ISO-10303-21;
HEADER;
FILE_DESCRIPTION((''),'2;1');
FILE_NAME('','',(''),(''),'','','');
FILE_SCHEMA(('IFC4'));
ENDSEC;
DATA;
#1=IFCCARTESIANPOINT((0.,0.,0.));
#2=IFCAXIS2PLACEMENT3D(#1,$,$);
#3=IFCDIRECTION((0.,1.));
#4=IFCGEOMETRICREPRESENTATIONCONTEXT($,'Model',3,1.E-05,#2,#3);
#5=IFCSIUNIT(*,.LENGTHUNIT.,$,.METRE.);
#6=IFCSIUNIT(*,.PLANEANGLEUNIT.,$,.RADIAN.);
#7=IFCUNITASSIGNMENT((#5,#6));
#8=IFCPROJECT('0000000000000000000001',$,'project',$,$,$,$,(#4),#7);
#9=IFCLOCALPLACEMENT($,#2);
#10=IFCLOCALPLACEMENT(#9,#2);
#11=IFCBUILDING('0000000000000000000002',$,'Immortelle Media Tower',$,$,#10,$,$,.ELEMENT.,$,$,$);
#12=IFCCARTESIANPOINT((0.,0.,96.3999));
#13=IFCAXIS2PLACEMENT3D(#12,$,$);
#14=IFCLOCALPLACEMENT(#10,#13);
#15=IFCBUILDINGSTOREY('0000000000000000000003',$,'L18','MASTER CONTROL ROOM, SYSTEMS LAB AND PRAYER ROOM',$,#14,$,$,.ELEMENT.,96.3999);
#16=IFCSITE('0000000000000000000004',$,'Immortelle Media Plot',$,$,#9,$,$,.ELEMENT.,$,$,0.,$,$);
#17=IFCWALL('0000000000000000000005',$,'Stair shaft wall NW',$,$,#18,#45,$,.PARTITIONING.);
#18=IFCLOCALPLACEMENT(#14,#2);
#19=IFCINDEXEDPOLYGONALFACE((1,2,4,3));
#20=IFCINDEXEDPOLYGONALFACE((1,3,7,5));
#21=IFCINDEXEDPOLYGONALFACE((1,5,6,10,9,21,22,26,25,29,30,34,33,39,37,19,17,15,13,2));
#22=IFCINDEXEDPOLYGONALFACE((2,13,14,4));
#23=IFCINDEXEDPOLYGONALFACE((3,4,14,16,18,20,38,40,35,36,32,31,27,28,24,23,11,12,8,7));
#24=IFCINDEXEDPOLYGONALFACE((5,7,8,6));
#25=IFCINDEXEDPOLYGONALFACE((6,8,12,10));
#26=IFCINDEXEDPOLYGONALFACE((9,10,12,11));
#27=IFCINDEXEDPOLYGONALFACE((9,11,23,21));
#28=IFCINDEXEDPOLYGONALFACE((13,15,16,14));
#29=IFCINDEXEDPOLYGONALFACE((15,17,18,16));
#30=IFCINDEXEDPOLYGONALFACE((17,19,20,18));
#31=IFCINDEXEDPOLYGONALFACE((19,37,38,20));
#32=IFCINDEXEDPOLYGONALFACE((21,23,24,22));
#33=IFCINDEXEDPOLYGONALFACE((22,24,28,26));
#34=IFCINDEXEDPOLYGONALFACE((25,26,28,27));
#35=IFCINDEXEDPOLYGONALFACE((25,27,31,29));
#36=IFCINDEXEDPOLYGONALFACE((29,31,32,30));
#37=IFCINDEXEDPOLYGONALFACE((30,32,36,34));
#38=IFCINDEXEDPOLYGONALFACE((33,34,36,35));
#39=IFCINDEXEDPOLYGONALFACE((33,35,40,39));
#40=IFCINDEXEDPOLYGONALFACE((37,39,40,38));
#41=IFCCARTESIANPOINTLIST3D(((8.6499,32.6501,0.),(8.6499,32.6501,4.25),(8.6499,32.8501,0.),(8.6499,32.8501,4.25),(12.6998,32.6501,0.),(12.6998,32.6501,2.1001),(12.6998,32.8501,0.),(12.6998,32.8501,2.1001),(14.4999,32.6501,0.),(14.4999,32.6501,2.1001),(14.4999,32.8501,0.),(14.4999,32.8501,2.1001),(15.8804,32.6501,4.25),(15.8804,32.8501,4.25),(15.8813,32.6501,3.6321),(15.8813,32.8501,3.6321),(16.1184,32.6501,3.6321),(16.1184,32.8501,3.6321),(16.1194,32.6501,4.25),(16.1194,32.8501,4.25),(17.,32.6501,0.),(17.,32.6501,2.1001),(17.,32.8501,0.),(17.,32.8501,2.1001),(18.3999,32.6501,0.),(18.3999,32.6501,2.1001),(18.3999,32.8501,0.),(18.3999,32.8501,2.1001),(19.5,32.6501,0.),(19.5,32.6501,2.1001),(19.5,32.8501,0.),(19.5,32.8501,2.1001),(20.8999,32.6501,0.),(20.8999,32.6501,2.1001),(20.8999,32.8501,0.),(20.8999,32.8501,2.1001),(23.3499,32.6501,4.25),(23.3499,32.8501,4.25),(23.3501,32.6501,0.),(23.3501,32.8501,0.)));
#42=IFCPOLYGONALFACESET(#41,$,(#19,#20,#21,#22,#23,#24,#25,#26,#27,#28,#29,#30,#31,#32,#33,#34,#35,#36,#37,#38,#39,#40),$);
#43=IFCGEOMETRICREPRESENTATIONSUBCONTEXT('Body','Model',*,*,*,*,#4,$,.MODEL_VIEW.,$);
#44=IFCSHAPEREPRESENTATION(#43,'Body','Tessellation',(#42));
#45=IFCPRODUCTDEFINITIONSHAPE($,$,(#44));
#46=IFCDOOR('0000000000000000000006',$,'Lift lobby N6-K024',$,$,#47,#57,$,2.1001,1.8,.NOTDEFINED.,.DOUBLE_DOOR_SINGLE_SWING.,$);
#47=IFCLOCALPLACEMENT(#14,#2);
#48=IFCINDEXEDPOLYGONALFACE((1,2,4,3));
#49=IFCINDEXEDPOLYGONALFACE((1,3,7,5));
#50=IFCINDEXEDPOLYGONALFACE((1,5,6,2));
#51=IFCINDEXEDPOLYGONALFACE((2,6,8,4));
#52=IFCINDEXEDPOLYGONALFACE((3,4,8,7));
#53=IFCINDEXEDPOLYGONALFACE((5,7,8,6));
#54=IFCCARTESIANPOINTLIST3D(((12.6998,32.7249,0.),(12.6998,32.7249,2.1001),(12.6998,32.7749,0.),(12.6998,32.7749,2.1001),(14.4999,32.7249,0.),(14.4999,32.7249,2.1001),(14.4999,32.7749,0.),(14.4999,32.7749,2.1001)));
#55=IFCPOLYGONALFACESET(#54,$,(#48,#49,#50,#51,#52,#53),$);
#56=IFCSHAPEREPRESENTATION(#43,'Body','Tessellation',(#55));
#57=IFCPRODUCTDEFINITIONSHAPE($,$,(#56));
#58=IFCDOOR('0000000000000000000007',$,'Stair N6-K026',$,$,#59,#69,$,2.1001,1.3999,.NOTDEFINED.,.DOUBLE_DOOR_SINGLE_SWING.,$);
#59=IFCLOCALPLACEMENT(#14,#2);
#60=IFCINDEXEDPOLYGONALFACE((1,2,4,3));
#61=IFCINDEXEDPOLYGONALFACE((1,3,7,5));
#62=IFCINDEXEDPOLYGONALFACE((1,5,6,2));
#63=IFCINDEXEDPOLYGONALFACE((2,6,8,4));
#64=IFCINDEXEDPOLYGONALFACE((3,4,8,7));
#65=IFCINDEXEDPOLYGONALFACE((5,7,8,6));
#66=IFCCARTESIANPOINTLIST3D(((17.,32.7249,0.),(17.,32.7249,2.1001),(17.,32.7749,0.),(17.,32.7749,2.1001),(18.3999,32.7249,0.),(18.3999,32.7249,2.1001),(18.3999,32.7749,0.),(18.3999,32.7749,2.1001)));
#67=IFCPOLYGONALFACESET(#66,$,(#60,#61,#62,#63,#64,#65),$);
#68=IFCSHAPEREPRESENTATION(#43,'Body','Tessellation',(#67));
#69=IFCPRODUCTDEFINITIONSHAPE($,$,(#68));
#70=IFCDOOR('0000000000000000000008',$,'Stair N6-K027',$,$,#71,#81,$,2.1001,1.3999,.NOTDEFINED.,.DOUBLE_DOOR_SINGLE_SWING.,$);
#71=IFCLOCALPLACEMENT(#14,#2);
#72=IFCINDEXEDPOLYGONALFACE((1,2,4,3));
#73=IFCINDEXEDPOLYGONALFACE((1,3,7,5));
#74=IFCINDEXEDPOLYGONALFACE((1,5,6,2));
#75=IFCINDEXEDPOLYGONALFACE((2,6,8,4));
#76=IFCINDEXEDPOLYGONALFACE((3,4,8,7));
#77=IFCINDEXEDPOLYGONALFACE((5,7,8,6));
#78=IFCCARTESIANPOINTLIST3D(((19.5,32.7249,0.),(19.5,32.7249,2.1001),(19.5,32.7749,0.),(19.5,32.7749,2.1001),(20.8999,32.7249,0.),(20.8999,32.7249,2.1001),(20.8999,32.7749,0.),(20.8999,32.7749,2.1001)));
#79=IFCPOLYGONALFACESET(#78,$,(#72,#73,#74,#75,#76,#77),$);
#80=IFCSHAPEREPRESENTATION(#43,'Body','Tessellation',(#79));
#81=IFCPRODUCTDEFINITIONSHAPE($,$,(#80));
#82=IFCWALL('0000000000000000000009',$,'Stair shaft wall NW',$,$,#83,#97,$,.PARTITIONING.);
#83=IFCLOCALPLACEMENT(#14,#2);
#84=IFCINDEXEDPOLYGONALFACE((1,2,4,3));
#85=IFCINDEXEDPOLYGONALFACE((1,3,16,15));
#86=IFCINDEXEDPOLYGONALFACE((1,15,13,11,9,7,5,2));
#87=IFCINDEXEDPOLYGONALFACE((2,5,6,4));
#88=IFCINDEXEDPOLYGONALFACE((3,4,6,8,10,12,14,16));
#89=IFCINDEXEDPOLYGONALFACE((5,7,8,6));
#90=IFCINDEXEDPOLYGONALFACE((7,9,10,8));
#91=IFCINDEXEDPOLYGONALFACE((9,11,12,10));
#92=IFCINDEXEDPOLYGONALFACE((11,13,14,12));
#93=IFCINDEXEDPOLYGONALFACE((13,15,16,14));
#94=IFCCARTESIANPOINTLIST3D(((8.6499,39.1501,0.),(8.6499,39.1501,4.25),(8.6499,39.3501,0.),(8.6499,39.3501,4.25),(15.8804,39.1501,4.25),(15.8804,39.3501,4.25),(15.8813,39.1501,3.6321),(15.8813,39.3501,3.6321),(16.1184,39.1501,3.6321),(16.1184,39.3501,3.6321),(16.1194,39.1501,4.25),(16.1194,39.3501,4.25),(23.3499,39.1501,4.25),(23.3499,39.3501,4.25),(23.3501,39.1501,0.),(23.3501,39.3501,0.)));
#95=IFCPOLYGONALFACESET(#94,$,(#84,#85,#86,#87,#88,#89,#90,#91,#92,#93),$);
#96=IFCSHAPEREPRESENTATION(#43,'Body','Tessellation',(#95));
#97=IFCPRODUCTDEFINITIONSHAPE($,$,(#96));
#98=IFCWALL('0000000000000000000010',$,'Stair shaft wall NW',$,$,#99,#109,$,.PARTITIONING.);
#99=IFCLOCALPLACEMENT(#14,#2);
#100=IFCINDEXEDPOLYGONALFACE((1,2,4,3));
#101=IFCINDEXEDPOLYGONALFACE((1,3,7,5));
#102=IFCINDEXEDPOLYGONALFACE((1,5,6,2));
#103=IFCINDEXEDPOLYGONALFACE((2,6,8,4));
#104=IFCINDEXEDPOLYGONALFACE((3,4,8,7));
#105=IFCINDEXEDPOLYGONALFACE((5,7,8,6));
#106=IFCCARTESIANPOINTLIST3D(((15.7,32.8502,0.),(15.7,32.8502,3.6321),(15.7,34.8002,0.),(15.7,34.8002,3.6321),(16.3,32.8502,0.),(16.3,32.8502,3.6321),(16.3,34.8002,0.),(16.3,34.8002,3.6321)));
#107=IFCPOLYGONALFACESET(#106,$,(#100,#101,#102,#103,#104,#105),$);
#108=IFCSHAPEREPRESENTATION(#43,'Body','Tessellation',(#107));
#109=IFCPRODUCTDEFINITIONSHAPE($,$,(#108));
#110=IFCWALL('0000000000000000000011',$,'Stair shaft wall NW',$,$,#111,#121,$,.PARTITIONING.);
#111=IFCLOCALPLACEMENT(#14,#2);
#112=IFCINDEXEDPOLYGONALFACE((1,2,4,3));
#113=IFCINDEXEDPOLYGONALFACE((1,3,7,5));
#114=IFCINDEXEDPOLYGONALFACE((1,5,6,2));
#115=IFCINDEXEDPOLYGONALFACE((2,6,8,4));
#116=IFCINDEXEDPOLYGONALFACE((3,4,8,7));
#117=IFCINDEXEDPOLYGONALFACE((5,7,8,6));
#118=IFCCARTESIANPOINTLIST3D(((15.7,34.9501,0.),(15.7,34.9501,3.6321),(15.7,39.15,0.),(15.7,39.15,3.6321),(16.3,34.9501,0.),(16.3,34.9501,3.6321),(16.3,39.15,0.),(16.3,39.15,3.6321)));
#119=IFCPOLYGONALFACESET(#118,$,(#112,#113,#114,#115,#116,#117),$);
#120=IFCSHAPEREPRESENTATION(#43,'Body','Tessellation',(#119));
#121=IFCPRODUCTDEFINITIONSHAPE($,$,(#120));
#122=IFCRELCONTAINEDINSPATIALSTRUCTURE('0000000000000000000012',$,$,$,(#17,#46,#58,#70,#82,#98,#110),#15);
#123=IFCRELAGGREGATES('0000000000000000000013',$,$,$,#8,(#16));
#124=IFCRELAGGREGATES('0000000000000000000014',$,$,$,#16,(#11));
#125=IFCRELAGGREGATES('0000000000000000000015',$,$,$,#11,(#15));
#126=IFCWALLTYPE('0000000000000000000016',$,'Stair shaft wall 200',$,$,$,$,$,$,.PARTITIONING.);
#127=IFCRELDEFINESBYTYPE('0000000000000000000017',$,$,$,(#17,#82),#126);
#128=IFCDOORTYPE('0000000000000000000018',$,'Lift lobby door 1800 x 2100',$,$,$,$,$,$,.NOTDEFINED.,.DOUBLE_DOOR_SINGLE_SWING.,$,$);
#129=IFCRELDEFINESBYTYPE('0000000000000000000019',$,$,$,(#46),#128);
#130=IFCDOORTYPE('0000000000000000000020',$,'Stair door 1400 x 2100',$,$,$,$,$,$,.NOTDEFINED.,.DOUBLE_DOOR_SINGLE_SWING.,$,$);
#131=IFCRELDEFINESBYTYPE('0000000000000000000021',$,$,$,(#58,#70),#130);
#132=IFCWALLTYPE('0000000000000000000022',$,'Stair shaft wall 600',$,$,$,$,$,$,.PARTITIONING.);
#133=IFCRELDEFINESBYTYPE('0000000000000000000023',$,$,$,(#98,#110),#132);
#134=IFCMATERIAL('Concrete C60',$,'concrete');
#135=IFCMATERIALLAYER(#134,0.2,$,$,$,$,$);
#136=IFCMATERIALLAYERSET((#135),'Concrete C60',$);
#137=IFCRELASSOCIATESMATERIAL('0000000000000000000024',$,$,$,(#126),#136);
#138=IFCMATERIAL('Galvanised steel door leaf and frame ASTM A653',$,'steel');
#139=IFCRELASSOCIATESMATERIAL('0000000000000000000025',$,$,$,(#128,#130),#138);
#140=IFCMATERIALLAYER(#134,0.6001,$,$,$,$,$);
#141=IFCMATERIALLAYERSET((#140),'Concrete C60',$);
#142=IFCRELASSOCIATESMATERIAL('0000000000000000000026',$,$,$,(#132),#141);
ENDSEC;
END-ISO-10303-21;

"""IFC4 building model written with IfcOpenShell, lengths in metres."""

from ifc_helpers import new_model, si_unit, direction, frame, frame_2d, origin, place, context, subcontext, project, spatial, polyline, rectangle, outline, extrude, material, layer, layer_set, type_object, element, fill, save


model = new_model("IFC4")

# Units and contexts
model_context = context("Model", 3, precision=1e-05, world=origin(), true_north=direction((0.0, 1.0)))
body_context = subcontext(model_context, "Body", "Model", "MODEL_VIEW")
ifc_project = project(units=[si_unit("LENGTHUNIT", "METRE"), si_unit("PLANEANGLEUNIT", "RADIAN")], contexts=[model_context])

# Site, building, storey
site_placement = place(None, origin())
site = spatial("IfcSite", under=ifc_project, at=site_placement, Name="Immortelle Media Plot", CompositionType="ELEMENT", RefElevation=0.0)
building_placement = place(site_placement, origin())
building = spatial("IfcBuilding", under=site, at=building_placement, Name="Immortelle Media Tower", CompositionType="ELEMENT")
storey_placement = place(building_placement, frame((0.0, 0.0, 96.3999)))
storey = spatial("IfcBuildingStorey", under=building, at=storey_placement, Name="L18", Description="MASTER CONTROL ROOM, SYSTEMS LAB AND PRAYER ROOM", CompositionType="ELEMENT", Elevation=96.3999)

# Shared definitions
ifc_material_1 = material(Name="Galvanised steel door leaf and frame ASTM A653", Category="steel")

# Wall, openings, doors
ifc_material_2 = material(Name="Concrete C60", Category="concrete")
ifc_layer_1 = layer(ifc_material_2, 0.2)
ifc_layer_set_1 = layer_set([ifc_layer_1], Name="Concrete C60")
wall_type_1 = type_object("IfcWallType", Name="Stair shaft wall 200", PredefinedType="PARTITIONING", material=ifc_layer_set_1)
wall_1_placement = place(storey_placement, frame((8.6499, 32.75, 0.0), z_axis=(0.0, 0.0, 1.0), x_axis=(1.0, 0.0, 0.0)))
wall_1 = element("IfcWall", 1, at=wall_1_placement, inside=storey, type_object=wall_type_1, Name="Stair shaft wall NW", PredefinedType="PARTITIONING", context=body_context, shape_type="SweptSolid", body=[
    extrude(outline(polyline([(0.0, 0.0), (14.7002, 0.0), (14.7, 4.25), (7.4695, 4.25), (7.4685, 3.6321), (7.2314, 3.6321), (7.2305, 4.25), (0.0, 4.25), (0.0, 0.0)])), frame((0.0, 0.1001, 0.0), z_axis=(0.0, -1.0, 0.0), x_axis=(1.0, 0.0, 0.0)), (0.0, 0.0, 1.0), 0.2),
])
opening_1_placement = place(wall_1_placement, frame((4.05, 0.0, 0.0)))
opening_1 = element("IfcOpeningElement", 2, at=opening_1_placement, cuts=wall_1, PredefinedType="OPENING", context=body_context, shape_type="SweptSolid", body=[
    extrude(rectangle(XDim=1.8, YDim=2.1001, at=frame_2d((0.8999, 1.05))), frame((0.0, 0.1099, 0.0), z_axis=(0.0, -1.0, 0.0), x_axis=(1.0, 0.0, 0.0)), (0.0, 0.0, 1.0), 0.22),
])
opening_2_placement = place(wall_1_placement, frame((8.3501, 0.0, 0.0)))
opening_2 = element("IfcOpeningElement", 3, at=opening_2_placement, cuts=wall_1, PredefinedType="OPENING", context=body_context, shape_type="SweptSolid", body=[
    extrude(rectangle(XDim=1.3999, YDim=2.1001, at=frame_2d((0.7, 1.05))), frame((0.0, 0.1099, 0.0), z_axis=(0.0, -1.0, 0.0), x_axis=(1.0, 0.0, 0.0)), (0.0, 0.0, 1.0), 0.22),
])
opening_3_placement = place(wall_1_placement, frame((10.8501, 0.0, 0.0)))
opening_3 = element("IfcOpeningElement", 4, at=opening_3_placement, cuts=wall_1, PredefinedType="OPENING", context=body_context, shape_type="SweptSolid", body=[
    extrude(rectangle(XDim=1.3999, YDim=2.1001, at=frame_2d((0.7, 1.05))), frame((0.0, 0.1099, 0.0), z_axis=(0.0, -1.0, 0.0), x_axis=(1.0, 0.0, 0.0)), (0.0, 0.0, 1.0), 0.22),
])
door_type_1 = type_object("IfcDoorType", Name="Lift lobby door 1800 x 2100", OperationType="DOUBLE_DOOR_SINGLE_SWING", PredefinedType="NOTDEFINED", material=ifc_material_1)
door_1_placement = place(opening_1_placement, origin())
door_1 = element("IfcDoor", 5, at=door_1_placement, inside=storey, type_object=door_type_1, Name="Lift lobby N6-K024", OperationType="DOUBLE_DOOR_SINGLE_SWING", OverallHeight=2.1001, OverallWidth=1.8, PredefinedType="NOTDEFINED", context=body_context, shape_type="SweptSolid", body=[
    extrude(rectangle(XDim=1.8, YDim=2.1001, at=frame_2d((0.8999, 1.05))), frame((0.0, 0.0249, 0.0), z_axis=(0.0, -1.0, 0.0), x_axis=(1.0, 0.0, 0.0)), (0.0, 0.0, 1.0), 0.05),
])
fill(opening_1, door_1)
door_type_2 = type_object("IfcDoorType", Name="Stair door 1400 x 2100", OperationType="DOUBLE_DOOR_SINGLE_SWING", PredefinedType="NOTDEFINED", material=ifc_material_1)
door_2_placement = place(opening_2_placement, origin())
door_2 = element("IfcDoor", 6, at=door_2_placement, inside=storey, type_object=door_type_2, Name="Stair N6-K026", OperationType="DOUBLE_DOOR_SINGLE_SWING", OverallHeight=2.1001, OverallWidth=1.3999, PredefinedType="NOTDEFINED", context=body_context, shape_type="SweptSolid", body=[
    extrude(rectangle(XDim=1.3999, YDim=2.1001, at=frame_2d((0.7, 1.05))), frame((0.0, 0.0249, 0.0), z_axis=(0.0, -1.0, 0.0), x_axis=(1.0, 0.0, 0.0)), (0.0, 0.0, 1.0), 0.05),
])
fill(opening_2, door_2)
door_3_placement = place(opening_3_placement, origin())
door_3 = element("IfcDoor", 7, at=door_3_placement, inside=storey, type_object=door_type_2, Name="Stair N6-K027", OperationType="DOUBLE_DOOR_SINGLE_SWING", OverallHeight=2.1001, OverallWidth=1.3999, PredefinedType="NOTDEFINED", context=body_context, shape_type="SweptSolid", body=[
    extrude(rectangle(XDim=1.3999, YDim=2.1001, at=frame_2d((0.7, 1.05))), frame((0.0, 0.0249, 0.0), z_axis=(0.0, -1.0, 0.0), x_axis=(1.0, 0.0, 0.0)), (0.0, 0.0, 1.0), 0.05),
])
fill(opening_3, door_3)

# Walls
wall_2_placement = place(storey_placement, frame((8.6499, 39.25, 0.0), z_axis=(0.0, 0.0, 1.0), x_axis=(1.0, 0.0, 0.0)))
element("IfcWall", 8, at=wall_2_placement, inside=storey, type_object=wall_type_1, Name="Stair shaft wall NW", PredefinedType="PARTITIONING", context=body_context, shape_type="SweptSolid", body=[
    extrude(outline(polyline([(0.0, 0.0), (14.7002, 0.0), (14.7, 4.25), (7.4695, 4.25), (7.4685, 3.6321), (7.2314, 3.6321), (7.2305, 4.25), (0.0, 4.25), (0.0, 0.0)])), frame((0.0, 0.1001, 0.0), z_axis=(0.0, -1.0, 0.0), x_axis=(1.0, 0.0, 0.0)), (0.0, 0.0, 1.0), 0.2),
])
ifc_layer_2 = layer(ifc_material_2, 0.6001)
ifc_layer_set_2 = layer_set([ifc_layer_2], Name="Concrete C60")
wall_type_2 = type_object("IfcWallType", Name="Stair shaft wall 600", PredefinedType="PARTITIONING", material=ifc_layer_set_2)
wall_3_placement = place(storey_placement, frame((16.0, 32.8501, 0.0), z_axis=(0.0, 0.0, 1.0), x_axis=(0.0, 1.0, 0.0)))
element("IfcWall", 9, at=wall_3_placement, inside=storey, type_object=wall_type_2, Name="Stair shaft wall NW", PredefinedType="PARTITIONING", context=body_context, shape_type="SweptSolid", body=[
    extrude(rectangle(XDim=1.95, YDim=0.6001, at=frame_2d((0.9751, 0.0))), origin(), (0.0, 0.0, 1.0), 3.6321),
])
wall_4_placement = place(storey_placement, frame((16.0, 34.95, 0.0), z_axis=(0.0, 0.0, 1.0), x_axis=(0.0, 1.0, 0.0)))
element("IfcWall", 10, at=wall_4_placement, inside=storey, type_object=wall_type_2, Name="Stair shaft wall NW", PredefinedType="PARTITIONING", context=body_context, shape_type="SweptSolid", body=[
    extrude(rectangle(XDim=4.2, YDim=0.6001, at=frame_2d((2.1001, 0.0))), origin(), (0.0, 0.0, 1.0), 3.6321),
])

save(model, "model.ifc")
